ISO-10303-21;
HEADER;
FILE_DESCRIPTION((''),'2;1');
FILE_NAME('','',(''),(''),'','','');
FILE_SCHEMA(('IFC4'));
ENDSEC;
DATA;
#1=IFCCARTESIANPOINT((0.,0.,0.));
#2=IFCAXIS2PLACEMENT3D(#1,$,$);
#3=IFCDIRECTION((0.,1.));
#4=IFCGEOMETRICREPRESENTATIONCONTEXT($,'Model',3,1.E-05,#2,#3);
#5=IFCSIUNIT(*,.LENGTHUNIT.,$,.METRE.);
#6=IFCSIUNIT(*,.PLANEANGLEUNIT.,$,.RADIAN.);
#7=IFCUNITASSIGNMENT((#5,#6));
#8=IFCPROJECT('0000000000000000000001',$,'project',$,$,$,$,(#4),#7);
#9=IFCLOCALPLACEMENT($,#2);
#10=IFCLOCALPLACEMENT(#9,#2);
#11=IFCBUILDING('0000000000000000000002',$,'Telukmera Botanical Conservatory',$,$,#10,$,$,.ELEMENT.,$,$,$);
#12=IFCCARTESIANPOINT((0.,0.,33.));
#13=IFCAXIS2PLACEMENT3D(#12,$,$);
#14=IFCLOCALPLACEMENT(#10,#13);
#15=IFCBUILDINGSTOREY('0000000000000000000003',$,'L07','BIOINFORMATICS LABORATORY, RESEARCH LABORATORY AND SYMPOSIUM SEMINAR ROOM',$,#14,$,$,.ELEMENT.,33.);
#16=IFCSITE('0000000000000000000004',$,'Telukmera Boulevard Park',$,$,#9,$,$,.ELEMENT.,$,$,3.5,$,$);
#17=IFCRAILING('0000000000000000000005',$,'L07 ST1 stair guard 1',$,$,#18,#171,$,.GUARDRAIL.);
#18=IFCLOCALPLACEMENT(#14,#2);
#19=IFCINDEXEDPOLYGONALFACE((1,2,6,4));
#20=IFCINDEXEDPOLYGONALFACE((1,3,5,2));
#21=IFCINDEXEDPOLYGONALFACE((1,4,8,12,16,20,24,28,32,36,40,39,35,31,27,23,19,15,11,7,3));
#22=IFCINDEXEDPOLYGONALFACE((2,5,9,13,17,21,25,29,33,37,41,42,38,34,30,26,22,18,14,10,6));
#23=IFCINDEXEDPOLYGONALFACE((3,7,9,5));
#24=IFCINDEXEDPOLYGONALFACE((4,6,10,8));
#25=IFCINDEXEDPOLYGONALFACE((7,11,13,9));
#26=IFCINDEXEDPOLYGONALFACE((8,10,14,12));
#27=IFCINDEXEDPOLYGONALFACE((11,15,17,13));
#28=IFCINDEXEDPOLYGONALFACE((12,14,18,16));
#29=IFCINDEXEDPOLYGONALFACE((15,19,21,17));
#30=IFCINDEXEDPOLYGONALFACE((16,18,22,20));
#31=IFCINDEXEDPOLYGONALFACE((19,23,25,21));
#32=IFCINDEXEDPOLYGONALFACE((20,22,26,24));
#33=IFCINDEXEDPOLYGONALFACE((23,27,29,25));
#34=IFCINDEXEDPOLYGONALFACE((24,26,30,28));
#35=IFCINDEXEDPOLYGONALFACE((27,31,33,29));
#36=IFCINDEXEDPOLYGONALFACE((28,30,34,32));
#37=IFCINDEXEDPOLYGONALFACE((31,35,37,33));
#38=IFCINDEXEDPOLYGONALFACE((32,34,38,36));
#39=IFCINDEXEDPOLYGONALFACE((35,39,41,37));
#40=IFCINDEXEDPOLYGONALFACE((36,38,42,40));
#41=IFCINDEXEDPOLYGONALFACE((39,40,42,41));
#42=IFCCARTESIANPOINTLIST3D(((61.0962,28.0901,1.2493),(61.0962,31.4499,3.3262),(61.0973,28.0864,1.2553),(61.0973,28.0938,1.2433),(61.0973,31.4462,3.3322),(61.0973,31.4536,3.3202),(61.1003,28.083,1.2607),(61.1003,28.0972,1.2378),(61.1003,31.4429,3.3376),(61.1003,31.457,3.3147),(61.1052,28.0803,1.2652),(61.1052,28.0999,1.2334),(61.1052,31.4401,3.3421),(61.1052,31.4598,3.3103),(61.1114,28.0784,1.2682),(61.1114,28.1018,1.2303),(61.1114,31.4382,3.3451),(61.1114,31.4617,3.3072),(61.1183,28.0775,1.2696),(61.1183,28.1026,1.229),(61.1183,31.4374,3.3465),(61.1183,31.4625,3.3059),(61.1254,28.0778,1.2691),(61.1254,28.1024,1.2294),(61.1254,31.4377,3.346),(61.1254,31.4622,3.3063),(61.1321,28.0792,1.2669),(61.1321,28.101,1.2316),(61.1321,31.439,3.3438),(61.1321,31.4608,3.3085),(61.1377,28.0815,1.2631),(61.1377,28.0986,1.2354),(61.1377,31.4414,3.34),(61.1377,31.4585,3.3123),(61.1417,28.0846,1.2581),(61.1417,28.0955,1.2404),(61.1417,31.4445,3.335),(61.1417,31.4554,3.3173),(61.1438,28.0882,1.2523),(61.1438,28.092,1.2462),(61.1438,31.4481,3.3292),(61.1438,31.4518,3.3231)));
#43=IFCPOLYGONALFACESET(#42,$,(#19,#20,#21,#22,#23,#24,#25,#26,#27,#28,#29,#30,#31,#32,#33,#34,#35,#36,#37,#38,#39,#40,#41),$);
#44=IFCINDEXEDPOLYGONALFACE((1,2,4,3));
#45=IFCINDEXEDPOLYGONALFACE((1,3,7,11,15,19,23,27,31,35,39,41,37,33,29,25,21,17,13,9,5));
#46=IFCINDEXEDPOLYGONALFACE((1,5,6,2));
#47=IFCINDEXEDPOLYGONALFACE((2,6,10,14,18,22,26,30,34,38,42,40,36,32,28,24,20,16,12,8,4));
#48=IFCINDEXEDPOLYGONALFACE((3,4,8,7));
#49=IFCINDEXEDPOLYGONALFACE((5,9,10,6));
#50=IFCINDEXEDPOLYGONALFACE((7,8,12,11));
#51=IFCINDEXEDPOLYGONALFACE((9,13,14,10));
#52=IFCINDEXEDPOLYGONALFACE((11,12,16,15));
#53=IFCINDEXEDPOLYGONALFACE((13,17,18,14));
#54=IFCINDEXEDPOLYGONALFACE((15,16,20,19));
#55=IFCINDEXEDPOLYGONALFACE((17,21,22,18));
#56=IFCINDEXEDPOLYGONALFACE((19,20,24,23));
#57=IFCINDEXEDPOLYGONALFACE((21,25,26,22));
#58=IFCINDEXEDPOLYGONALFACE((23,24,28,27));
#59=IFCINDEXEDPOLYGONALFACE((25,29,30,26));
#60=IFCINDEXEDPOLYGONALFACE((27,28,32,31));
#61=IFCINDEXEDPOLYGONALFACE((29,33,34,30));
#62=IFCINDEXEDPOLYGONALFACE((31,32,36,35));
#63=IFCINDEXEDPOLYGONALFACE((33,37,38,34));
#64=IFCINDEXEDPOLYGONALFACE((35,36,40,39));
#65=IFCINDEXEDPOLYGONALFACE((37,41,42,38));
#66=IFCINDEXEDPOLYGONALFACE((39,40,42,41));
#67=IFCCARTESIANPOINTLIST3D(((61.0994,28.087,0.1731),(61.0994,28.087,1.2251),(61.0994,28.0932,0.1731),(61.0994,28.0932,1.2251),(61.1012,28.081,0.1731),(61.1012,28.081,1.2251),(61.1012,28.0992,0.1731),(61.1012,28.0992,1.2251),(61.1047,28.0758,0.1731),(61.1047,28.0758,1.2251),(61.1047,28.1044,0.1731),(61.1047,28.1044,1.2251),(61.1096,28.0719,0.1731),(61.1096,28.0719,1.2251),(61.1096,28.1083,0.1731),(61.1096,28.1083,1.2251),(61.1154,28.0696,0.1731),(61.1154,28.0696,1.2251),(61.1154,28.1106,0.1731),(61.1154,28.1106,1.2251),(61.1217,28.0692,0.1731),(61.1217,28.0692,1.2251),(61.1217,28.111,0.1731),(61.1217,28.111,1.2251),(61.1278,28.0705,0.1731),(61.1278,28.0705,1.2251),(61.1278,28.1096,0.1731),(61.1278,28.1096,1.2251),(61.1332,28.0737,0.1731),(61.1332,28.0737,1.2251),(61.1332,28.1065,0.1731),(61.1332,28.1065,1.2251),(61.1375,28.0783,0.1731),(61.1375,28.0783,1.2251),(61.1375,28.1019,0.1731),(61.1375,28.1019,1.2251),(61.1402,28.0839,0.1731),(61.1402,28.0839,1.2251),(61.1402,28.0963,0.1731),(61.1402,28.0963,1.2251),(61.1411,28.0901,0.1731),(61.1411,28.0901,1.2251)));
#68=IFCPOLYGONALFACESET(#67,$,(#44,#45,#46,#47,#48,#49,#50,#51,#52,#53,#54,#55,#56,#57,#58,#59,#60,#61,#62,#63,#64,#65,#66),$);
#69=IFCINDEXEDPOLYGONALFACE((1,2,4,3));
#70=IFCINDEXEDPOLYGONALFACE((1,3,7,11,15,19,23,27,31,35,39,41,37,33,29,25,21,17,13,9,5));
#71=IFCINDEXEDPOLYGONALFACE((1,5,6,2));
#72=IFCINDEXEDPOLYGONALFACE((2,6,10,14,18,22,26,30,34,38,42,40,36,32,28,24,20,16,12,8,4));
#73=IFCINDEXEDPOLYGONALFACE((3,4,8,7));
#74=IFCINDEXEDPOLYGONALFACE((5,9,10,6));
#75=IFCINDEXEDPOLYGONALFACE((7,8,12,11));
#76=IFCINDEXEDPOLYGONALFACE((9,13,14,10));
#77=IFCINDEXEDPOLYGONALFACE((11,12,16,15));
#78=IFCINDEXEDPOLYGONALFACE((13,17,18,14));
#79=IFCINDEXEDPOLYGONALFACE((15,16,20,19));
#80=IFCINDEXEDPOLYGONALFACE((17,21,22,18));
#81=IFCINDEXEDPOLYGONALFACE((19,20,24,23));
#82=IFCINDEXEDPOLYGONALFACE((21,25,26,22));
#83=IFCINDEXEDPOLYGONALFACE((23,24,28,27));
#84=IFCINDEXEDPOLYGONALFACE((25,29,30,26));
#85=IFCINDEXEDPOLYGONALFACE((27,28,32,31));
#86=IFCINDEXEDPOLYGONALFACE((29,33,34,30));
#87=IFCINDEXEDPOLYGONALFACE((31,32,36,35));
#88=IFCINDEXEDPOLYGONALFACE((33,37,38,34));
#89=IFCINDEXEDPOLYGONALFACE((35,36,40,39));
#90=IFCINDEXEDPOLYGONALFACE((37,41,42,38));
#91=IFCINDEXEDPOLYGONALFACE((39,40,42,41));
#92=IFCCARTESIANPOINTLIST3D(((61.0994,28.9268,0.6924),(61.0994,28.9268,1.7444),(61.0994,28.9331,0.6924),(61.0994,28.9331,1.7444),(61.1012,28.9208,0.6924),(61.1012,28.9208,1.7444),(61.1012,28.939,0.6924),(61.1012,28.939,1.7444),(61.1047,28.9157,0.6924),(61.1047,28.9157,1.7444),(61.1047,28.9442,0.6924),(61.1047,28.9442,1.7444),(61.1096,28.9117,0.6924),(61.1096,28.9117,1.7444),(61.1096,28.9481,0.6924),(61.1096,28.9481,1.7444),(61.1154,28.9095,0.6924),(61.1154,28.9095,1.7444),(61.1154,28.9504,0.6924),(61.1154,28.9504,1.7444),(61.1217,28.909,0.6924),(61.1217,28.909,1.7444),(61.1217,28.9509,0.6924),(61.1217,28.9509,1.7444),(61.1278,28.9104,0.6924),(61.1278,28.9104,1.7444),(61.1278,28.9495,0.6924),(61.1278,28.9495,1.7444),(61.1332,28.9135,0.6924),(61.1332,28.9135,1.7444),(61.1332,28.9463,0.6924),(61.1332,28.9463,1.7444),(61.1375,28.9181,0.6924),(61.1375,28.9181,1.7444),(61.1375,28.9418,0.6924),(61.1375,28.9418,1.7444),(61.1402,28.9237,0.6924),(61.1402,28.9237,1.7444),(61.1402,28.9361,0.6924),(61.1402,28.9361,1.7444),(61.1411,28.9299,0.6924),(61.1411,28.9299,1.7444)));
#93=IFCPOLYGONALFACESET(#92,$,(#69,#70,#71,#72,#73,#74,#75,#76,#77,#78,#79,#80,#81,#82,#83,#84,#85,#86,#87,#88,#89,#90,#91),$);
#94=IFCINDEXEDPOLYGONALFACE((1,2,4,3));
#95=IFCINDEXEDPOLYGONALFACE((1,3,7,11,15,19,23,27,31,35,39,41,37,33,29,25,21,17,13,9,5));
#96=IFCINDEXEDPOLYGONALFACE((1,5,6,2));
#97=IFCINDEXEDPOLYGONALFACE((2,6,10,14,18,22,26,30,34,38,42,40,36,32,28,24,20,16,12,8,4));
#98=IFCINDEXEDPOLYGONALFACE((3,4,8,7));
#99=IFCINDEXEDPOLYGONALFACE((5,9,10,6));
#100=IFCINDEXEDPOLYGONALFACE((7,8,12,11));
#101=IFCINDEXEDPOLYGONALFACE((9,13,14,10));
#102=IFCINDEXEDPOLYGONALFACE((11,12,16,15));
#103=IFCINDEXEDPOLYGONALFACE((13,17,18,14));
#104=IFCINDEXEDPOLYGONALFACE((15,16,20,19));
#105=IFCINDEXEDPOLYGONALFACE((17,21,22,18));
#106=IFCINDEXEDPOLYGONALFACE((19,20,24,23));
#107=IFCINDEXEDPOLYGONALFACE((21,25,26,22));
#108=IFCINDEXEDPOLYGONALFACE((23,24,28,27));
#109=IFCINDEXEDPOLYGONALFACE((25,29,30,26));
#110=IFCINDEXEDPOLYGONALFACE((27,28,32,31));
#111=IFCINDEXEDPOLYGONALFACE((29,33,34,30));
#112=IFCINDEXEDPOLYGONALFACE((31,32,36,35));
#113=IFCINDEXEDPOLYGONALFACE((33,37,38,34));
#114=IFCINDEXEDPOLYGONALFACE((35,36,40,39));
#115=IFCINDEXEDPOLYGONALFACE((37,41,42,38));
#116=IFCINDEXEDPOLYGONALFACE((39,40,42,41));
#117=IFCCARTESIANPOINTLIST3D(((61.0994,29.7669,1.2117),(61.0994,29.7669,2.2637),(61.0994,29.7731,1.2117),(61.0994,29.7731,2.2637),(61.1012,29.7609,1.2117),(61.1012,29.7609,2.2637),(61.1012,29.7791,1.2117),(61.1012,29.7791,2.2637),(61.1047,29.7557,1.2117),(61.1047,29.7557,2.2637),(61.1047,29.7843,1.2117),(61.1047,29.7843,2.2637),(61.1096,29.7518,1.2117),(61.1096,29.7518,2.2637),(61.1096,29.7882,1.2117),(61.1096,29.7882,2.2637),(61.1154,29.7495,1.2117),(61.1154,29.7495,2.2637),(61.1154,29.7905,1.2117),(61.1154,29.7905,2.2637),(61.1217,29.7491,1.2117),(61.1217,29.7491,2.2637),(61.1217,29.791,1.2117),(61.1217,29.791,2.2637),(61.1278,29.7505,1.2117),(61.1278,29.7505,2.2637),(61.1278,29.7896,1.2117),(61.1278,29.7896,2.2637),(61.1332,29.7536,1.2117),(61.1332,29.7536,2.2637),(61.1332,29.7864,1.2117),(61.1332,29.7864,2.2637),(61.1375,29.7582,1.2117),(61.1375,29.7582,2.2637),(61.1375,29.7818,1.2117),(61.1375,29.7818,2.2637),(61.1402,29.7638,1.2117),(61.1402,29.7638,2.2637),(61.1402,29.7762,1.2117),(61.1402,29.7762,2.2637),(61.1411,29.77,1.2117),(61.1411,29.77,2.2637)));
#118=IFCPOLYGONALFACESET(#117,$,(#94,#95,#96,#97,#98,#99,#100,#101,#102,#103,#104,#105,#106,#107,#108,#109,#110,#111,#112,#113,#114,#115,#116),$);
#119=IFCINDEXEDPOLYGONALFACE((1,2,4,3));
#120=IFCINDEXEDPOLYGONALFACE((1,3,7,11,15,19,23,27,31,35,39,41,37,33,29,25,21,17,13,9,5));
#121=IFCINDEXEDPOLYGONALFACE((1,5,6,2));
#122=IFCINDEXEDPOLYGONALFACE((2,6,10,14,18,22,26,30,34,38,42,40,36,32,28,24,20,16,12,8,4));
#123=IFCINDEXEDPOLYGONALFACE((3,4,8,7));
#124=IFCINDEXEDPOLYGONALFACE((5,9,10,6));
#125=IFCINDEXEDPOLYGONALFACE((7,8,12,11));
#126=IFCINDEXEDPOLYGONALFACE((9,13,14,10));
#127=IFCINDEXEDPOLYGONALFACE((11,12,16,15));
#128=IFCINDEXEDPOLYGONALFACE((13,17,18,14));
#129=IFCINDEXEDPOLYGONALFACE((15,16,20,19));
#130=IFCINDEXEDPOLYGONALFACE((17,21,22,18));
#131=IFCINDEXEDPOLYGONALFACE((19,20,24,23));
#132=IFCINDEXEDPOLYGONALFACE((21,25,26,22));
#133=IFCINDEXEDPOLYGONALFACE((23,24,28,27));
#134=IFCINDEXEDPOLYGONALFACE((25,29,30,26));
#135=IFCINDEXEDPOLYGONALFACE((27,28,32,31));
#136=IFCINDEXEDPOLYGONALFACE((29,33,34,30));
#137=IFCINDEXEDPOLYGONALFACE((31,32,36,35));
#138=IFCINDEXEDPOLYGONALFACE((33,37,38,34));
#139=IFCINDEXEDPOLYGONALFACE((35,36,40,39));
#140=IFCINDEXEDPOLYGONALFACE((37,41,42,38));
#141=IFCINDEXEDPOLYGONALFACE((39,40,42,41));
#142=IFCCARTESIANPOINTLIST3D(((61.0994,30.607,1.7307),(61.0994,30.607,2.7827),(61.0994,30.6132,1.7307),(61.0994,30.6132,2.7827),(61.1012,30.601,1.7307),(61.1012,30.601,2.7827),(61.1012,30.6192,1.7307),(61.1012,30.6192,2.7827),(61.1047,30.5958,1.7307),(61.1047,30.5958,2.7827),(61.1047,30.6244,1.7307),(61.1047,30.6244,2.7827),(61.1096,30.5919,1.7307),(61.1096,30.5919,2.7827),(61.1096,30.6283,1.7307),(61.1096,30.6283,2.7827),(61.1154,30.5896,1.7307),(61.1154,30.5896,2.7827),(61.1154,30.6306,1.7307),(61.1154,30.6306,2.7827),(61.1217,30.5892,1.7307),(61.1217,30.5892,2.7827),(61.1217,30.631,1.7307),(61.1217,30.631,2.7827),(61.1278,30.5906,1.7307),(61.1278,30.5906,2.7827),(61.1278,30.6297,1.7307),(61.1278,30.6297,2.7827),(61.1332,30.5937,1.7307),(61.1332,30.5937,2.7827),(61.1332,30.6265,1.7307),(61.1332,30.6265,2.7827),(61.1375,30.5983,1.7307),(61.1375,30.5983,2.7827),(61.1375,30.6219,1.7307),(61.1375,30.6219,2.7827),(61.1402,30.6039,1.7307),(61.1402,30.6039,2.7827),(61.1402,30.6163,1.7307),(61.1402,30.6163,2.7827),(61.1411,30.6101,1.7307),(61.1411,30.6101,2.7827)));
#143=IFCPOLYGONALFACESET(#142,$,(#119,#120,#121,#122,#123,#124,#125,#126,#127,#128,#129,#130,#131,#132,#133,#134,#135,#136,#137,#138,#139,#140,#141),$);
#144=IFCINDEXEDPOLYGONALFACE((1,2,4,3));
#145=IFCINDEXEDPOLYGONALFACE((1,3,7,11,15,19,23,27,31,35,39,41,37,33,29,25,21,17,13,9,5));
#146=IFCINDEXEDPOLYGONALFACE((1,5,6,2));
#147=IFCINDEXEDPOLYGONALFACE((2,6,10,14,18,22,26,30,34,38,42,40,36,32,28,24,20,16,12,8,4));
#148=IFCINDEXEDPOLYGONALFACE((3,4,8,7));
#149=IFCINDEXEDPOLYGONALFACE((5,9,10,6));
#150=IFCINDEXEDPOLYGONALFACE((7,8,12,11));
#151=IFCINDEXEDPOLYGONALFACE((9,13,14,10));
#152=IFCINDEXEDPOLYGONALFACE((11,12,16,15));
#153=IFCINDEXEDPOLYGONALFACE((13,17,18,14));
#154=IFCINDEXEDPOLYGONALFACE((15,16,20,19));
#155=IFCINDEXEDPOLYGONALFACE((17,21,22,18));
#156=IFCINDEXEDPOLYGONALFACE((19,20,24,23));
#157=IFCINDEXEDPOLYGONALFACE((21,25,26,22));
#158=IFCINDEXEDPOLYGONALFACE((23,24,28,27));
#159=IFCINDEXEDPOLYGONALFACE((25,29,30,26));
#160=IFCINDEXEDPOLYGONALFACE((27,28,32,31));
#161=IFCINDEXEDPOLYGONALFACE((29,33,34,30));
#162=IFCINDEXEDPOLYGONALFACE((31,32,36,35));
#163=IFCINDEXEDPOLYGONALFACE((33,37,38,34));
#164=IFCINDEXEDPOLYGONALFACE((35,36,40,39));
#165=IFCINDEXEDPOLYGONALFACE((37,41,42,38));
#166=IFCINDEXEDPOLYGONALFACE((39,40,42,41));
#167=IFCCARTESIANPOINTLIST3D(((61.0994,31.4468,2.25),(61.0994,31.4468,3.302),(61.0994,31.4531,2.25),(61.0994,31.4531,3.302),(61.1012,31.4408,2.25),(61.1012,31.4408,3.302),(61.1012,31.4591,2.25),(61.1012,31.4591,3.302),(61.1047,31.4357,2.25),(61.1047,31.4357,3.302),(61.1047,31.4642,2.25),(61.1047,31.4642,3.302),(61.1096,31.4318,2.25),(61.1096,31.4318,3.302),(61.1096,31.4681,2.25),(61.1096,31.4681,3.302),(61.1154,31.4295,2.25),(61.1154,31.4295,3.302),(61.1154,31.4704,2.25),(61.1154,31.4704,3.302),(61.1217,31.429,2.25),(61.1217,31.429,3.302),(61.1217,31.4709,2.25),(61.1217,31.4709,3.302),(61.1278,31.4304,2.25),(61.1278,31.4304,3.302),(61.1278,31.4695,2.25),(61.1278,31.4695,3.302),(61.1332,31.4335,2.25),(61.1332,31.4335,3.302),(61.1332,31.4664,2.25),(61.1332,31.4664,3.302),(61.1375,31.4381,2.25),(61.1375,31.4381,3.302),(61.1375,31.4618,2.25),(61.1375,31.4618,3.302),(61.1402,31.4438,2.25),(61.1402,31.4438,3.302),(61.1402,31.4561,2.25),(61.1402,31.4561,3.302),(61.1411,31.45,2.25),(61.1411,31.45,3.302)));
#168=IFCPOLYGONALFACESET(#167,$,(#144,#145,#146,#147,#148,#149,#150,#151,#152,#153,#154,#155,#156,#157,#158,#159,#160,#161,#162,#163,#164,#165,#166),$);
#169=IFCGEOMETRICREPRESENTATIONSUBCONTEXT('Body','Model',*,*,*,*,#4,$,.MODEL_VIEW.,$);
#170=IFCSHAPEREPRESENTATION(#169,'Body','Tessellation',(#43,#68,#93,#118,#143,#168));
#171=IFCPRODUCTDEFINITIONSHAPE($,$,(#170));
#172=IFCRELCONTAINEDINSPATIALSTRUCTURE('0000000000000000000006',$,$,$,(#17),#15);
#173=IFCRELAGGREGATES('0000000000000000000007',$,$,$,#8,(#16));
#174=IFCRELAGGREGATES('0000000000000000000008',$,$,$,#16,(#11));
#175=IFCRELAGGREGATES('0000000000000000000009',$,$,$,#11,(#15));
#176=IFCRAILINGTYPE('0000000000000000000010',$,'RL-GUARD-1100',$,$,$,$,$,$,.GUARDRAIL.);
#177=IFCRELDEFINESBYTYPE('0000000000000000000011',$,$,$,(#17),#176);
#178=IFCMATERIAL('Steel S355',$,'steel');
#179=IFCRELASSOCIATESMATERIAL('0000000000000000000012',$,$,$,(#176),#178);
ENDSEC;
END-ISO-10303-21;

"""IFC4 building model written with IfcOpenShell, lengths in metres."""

from ifc_helpers import new_model, si_unit, direction, frame, origin, origin_2d, place, context, subcontext, project, spatial, circle, extrude, material, type_object, element, save


model = new_model("IFC4")

# Units and contexts
model_context = context("Model", 3, precision=1e-05, world=origin(), true_north=direction((0.0, 1.0)))
body_context = subcontext(model_context, "Body", "Model", "MODEL_VIEW")
ifc_project = project(units=[si_unit("LENGTHUNIT", "METRE"), si_unit("PLANEANGLEUNIT", "RADIAN")], contexts=[model_context])

# Site, building, storey
site_placement = place(None, origin())
site = spatial("IfcSite", under=ifc_project, at=site_placement, Name="Telukmera Boulevard Park", CompositionType="ELEMENT", RefElevation=3.5)
building_placement = place(site_placement, origin())
building = spatial("IfcBuilding", under=site, at=building_placement, Name="Telukmera Botanical Conservatory", CompositionType="ELEMENT")
storey_placement = place(building_placement, frame((0.0, 0.0, 33.0)))
storey = spatial("IfcBuildingStorey", under=building, at=storey_placement, Name="L07", Description="BIOINFORMATICS LABORATORY, RESEARCH LABORATORY AND SYMPOSIUM SEMINAR ROOM", CompositionType="ELEMENT", Elevation=33.0)

# Railing
ifc_material_1 = material(Name="Steel S355", Category="steel")
railing_type_1 = type_object("IfcRailingType", Name="RL-GUARD-1100", PredefinedType="GUARDRAIL", material=ifc_material_1)
railing_1_placement = place(storey_placement, frame((61.1201, 28.0901, 0.1731)))
element("IfcRailing", 1, at=railing_1_placement, inside=storey, type_object=railing_type_1, Name="L07 ST1 stair guard 1", PredefinedType="GUARDRAIL", context=body_context, shape_type="SweptSolid", body=[
    extrude(circle(Radius=0.0239, at=origin_2d()), frame((0.0, 0.0, 1.0762), z_axis=(0.0, 0.850606, 0.525803), x_axis=(-1.0, 0.0, 0.0)), (0.0, 0.0, 1.0), 3.95),
    extrude(circle(Radius=0.021, at=origin_2d()), origin(), (0.0, 0.0, 1.0), 1.052),
    extrude(circle(Radius=0.021, at=origin_2d()), frame((0.0, 0.8398, 0.5193)), (0.0, 0.0, 1.0), 1.052),
    extrude(circle(Radius=0.021, at=origin_2d()), frame((0.0, 1.6799, 1.0386)), (0.0, 0.0, 1.0), 1.052),
    extrude(circle(Radius=0.021, at=origin_2d()), frame((0.0, 2.52, 1.5576)), (0.0, 0.0, 1.0), 1.052),
    extrude(circle(Radius=0.021, at=origin_2d()), frame((0.0, 3.3599, 2.0769)), (0.0, 0.0, 1.0), 1.052),
])

save(model, "model.ifc")
